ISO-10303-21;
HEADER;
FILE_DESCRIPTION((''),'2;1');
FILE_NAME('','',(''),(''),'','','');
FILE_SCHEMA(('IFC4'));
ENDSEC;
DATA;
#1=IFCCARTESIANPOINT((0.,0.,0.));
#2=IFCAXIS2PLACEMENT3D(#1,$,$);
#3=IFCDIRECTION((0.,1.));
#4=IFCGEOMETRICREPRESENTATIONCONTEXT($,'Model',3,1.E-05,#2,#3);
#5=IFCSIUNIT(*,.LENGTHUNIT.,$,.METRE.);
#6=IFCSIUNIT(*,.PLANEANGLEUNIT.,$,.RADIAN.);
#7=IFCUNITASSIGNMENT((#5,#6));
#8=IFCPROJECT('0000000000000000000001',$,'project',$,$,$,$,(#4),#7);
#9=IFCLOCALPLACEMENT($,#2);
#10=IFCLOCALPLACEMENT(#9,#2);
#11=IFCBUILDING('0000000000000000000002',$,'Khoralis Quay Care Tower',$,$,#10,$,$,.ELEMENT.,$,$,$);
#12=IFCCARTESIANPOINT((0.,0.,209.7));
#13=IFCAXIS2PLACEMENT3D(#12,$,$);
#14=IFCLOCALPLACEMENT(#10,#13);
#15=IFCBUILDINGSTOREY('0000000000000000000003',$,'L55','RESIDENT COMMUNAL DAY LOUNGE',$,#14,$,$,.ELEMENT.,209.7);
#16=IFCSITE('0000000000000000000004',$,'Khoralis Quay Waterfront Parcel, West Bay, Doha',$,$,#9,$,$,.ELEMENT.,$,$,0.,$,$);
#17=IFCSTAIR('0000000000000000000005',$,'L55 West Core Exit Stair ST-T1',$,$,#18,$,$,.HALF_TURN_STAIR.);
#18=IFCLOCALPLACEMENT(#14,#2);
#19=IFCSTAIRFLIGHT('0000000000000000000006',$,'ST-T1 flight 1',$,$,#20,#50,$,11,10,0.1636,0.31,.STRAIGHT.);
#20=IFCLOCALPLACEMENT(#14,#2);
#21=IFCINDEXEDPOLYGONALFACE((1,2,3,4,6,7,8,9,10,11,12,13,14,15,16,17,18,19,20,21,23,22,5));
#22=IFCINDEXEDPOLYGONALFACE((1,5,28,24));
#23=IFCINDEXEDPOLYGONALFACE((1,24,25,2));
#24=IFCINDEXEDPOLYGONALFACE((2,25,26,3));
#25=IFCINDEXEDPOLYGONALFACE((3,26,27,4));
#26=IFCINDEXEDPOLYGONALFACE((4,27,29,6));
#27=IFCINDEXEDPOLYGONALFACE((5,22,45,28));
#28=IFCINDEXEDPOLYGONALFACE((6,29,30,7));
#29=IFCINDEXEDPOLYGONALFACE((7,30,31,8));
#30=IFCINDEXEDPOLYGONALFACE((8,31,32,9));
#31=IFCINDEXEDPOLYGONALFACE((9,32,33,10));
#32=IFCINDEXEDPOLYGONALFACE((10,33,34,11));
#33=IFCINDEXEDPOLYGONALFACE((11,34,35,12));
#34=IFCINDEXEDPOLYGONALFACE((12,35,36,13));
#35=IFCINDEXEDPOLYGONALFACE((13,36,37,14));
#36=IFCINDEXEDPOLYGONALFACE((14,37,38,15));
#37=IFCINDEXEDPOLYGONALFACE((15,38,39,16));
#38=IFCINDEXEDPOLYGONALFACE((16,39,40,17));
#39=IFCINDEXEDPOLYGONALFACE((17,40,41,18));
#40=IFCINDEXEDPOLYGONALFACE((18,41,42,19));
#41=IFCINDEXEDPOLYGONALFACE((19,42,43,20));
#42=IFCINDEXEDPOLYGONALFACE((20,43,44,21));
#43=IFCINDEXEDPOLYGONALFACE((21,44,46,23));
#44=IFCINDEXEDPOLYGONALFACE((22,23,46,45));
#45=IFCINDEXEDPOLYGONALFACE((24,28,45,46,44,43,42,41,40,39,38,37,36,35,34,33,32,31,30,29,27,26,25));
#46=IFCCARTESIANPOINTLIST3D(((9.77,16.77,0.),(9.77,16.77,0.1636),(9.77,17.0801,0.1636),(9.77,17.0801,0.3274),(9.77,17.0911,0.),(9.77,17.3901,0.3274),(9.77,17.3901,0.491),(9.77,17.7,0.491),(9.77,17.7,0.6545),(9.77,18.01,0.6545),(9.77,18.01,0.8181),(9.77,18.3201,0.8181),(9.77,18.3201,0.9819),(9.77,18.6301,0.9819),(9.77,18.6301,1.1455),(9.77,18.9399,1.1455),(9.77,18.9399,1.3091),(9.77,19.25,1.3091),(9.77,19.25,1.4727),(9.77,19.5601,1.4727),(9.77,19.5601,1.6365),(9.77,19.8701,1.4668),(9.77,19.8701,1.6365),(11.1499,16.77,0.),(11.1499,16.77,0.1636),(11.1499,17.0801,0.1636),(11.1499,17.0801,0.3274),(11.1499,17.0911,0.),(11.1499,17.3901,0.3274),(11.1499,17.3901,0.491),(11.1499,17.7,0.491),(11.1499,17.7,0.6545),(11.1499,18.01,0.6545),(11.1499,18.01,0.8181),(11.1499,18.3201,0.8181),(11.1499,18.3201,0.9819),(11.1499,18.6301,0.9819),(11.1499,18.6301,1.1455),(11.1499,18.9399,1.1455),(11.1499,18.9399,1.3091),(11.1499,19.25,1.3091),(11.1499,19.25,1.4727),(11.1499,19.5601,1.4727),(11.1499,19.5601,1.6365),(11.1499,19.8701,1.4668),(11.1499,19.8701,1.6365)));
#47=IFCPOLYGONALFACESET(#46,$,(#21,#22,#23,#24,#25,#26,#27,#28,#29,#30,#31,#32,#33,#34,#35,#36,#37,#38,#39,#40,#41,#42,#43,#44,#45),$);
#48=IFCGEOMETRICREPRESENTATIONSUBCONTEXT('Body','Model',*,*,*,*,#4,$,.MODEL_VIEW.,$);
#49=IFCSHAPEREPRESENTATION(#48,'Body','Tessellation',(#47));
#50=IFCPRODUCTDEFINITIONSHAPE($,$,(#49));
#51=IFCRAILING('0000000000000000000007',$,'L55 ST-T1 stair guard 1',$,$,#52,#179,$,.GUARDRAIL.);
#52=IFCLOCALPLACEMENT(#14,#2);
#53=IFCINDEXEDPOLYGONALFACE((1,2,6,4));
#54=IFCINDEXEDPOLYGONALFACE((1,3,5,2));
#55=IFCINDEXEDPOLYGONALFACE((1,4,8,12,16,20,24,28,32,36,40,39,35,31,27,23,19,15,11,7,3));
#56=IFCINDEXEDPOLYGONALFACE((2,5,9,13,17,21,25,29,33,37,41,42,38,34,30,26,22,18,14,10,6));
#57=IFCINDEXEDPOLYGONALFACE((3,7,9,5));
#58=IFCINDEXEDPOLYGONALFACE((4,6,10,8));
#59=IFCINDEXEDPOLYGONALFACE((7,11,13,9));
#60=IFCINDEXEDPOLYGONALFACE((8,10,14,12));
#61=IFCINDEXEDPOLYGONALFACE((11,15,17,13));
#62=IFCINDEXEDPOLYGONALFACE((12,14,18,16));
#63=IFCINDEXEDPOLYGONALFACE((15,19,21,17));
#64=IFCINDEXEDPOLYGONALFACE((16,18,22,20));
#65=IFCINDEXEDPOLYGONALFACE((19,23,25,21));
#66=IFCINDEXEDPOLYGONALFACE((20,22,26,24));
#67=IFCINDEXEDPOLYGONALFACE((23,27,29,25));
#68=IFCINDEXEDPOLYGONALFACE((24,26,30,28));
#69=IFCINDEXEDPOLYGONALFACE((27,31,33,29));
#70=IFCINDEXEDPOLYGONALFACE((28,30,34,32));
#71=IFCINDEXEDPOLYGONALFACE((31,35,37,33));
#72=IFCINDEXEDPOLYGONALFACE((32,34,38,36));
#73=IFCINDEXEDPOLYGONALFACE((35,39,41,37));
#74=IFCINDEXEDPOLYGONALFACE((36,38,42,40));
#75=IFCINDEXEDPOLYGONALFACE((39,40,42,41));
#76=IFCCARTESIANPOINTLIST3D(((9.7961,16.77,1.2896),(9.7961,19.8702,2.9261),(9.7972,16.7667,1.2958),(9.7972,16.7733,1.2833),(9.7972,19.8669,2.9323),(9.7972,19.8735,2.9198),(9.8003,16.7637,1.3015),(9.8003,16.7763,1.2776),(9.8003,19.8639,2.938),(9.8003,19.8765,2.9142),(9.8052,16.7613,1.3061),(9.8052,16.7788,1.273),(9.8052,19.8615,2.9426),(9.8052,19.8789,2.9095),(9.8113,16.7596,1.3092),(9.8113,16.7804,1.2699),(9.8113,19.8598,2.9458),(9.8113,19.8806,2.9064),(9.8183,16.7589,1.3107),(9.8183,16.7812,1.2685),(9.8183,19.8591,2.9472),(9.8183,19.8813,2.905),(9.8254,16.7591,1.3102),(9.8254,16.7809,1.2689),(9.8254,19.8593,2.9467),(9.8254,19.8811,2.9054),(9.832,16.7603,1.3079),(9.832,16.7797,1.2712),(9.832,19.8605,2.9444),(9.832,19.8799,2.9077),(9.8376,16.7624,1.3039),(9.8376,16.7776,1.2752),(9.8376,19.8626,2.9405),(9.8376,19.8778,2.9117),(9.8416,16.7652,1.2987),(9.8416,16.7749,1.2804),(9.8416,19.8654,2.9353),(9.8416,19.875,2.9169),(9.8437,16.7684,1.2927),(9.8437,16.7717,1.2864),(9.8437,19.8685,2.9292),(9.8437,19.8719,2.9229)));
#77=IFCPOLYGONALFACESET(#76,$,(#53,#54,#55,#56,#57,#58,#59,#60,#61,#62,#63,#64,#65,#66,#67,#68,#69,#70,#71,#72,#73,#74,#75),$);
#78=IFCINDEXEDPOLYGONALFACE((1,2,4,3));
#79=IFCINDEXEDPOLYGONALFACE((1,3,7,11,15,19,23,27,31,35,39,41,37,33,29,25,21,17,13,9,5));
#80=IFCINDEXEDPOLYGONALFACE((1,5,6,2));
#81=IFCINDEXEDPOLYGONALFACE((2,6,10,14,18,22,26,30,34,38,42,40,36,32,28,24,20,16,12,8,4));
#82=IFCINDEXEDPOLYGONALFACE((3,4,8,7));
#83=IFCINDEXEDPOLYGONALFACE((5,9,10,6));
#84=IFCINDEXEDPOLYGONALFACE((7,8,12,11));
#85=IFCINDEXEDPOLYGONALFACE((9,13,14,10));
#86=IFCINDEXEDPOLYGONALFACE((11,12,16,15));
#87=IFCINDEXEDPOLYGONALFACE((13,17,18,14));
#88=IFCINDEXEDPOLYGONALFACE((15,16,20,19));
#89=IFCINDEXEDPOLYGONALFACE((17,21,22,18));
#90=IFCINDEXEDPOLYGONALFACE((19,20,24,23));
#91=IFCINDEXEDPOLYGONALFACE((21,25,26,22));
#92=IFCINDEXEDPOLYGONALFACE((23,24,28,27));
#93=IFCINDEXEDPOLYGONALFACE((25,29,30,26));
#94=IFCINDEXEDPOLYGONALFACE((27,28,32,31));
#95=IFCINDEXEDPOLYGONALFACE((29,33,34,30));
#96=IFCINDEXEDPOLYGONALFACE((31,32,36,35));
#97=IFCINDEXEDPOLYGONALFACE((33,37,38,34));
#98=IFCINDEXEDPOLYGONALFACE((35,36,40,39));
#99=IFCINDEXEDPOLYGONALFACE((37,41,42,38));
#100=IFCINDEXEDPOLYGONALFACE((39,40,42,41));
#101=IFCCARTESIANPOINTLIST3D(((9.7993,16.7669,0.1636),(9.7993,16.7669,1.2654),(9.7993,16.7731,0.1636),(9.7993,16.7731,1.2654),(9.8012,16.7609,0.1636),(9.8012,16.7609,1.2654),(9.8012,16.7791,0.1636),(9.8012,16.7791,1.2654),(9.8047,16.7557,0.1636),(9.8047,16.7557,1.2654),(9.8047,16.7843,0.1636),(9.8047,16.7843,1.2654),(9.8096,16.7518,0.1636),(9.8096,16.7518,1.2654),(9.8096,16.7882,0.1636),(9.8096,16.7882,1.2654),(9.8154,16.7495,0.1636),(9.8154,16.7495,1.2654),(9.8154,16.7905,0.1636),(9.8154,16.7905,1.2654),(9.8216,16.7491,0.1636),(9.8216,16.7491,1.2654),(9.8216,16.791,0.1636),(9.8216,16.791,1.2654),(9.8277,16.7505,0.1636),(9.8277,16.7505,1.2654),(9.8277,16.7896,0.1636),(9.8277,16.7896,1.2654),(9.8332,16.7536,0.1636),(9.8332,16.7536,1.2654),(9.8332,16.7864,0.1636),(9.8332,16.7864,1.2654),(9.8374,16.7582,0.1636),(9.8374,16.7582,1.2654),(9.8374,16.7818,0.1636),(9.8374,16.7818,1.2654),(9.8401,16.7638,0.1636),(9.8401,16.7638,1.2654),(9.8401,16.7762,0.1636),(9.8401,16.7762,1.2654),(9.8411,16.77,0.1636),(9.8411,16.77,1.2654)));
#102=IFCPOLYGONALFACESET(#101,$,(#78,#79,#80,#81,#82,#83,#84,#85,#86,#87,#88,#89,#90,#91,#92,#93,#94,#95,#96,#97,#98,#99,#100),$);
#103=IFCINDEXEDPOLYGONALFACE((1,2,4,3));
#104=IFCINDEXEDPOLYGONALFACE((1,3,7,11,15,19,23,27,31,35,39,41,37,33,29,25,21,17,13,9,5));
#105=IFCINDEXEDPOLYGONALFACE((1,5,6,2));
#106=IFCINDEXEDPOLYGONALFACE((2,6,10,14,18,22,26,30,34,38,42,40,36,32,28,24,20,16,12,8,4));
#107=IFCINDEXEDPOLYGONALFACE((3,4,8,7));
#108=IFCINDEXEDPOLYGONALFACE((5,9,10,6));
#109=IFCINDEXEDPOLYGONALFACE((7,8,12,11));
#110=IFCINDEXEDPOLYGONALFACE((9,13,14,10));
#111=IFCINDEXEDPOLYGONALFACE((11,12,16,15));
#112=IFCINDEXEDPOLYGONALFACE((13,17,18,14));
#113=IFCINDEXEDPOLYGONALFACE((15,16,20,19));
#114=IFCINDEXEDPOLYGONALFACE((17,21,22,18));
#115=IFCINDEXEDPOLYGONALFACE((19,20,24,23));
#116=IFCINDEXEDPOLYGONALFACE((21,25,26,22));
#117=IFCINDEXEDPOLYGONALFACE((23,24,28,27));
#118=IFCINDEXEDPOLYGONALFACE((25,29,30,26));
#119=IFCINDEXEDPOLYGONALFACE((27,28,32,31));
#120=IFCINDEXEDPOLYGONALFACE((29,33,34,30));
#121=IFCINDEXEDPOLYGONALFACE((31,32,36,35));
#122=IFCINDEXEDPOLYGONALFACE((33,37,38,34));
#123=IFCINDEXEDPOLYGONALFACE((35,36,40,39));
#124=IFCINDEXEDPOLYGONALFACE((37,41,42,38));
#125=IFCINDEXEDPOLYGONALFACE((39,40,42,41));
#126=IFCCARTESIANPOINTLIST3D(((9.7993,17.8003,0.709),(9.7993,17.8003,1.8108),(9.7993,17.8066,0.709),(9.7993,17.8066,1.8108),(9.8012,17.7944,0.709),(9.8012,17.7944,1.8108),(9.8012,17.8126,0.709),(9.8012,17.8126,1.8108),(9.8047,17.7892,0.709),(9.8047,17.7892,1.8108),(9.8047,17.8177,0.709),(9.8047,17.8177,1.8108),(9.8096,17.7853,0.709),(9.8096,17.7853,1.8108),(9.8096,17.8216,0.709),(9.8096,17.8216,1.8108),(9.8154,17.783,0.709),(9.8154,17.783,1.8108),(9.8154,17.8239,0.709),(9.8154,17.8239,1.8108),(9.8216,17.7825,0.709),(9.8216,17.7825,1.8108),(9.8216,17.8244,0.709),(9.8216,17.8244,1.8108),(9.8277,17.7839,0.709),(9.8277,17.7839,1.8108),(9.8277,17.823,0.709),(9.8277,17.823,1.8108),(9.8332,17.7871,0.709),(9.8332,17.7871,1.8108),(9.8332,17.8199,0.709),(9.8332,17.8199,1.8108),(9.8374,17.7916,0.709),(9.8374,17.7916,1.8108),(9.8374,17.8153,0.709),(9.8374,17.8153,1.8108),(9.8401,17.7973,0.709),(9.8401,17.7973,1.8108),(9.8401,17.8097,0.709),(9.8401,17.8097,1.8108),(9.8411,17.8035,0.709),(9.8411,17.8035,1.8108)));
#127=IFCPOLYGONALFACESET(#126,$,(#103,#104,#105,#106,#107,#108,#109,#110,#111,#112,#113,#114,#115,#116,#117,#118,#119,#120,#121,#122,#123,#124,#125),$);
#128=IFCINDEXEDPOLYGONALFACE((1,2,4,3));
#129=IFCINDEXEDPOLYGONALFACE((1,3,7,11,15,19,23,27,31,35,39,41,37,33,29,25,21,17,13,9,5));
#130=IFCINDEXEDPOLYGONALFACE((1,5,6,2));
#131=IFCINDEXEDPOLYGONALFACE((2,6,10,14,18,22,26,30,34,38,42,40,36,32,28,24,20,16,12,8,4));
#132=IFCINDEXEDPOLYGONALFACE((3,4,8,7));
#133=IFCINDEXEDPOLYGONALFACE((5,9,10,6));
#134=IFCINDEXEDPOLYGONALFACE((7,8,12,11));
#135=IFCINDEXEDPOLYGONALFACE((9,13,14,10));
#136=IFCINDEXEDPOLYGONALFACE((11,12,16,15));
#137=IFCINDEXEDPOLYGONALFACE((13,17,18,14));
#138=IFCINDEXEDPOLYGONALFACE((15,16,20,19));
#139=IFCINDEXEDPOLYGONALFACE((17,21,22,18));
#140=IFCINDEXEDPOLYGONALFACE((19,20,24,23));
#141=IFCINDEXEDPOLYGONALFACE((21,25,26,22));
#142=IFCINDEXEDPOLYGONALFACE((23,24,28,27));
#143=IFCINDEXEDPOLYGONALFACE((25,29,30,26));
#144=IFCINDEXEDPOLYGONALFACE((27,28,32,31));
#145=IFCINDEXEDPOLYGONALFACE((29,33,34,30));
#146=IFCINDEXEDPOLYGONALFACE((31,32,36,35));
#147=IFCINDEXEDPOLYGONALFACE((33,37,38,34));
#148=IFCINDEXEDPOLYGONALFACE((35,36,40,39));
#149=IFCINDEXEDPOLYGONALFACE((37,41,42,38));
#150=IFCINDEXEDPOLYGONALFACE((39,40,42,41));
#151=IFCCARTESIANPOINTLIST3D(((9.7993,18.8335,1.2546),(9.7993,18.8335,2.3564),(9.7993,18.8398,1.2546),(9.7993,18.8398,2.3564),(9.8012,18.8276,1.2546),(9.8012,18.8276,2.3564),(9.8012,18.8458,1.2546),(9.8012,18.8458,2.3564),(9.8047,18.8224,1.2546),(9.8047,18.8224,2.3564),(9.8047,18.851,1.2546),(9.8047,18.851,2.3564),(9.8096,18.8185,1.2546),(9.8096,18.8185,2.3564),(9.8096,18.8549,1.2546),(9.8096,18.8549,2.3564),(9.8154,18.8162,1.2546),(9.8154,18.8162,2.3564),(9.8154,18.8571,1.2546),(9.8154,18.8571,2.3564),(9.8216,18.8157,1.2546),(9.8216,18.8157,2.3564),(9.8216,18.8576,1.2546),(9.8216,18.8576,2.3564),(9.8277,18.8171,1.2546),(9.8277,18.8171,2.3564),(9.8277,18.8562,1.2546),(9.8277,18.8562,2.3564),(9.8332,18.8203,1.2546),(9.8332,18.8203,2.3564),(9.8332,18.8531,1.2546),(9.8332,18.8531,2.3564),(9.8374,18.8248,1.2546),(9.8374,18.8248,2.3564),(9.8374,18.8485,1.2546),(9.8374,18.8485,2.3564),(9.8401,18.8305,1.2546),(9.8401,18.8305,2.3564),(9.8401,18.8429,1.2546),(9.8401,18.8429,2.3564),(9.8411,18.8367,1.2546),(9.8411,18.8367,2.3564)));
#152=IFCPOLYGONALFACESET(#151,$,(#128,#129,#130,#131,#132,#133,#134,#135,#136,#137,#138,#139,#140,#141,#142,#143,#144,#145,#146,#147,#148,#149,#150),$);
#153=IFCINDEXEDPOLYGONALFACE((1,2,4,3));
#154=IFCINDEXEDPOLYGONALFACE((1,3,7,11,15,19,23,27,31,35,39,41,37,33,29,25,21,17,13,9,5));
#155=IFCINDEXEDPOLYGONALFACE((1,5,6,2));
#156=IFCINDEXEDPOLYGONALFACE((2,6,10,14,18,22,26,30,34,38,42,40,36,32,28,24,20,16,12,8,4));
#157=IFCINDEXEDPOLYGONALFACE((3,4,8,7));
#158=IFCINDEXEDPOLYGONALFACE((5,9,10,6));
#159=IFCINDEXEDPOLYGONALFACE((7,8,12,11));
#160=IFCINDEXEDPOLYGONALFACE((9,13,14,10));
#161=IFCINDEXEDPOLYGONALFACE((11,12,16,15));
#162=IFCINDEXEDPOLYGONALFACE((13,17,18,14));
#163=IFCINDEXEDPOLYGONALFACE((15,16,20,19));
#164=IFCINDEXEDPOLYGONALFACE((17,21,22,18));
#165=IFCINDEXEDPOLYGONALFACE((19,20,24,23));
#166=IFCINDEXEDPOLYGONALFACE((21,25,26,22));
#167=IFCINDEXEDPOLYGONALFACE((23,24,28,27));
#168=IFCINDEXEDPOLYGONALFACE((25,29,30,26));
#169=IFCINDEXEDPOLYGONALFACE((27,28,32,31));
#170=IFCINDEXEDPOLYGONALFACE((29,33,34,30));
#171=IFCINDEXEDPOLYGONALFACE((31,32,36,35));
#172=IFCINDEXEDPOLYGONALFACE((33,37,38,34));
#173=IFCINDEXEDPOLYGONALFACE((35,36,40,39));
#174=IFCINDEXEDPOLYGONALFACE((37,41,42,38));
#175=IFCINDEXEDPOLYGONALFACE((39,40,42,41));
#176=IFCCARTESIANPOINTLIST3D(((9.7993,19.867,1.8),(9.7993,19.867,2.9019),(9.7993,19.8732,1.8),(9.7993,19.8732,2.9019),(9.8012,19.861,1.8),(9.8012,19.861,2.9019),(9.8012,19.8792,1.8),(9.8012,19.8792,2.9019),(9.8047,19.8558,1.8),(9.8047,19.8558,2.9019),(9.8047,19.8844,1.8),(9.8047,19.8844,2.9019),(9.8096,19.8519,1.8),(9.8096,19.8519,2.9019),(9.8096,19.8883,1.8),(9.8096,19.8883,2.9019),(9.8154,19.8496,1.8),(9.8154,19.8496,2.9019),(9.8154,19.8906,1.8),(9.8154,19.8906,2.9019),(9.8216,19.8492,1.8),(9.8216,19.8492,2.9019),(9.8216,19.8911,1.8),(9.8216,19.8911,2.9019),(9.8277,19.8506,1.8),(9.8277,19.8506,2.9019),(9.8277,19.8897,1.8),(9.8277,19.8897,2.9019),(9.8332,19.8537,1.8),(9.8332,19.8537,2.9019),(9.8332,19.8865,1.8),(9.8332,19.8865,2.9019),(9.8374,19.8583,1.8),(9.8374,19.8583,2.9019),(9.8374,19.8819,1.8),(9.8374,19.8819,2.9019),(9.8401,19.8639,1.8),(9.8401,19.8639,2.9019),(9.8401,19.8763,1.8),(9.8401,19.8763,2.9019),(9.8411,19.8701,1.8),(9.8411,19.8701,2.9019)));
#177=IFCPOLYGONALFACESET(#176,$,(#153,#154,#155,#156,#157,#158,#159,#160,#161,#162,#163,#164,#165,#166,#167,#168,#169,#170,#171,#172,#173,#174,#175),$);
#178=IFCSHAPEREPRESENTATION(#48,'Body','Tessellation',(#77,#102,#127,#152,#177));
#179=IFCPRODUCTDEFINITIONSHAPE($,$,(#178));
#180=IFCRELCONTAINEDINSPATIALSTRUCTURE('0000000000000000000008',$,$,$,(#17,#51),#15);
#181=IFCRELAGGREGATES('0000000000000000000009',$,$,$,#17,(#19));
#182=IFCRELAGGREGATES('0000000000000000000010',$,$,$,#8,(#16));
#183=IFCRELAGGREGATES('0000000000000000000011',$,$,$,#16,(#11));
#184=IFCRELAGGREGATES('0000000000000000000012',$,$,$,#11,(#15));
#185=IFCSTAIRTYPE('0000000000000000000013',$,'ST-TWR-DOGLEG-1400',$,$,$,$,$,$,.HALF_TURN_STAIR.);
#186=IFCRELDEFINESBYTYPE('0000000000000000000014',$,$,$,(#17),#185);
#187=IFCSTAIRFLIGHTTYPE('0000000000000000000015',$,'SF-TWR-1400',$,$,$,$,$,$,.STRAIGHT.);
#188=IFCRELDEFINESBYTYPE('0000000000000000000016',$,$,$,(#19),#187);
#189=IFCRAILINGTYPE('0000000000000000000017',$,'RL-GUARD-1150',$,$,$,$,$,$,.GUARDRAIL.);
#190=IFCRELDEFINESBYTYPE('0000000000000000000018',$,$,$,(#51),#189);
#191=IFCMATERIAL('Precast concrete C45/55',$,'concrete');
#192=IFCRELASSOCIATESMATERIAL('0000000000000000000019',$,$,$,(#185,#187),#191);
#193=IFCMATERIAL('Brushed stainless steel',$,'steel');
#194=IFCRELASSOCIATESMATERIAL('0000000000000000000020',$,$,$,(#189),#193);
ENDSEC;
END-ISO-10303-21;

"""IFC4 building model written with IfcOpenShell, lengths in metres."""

from ifc_helpers import new_model, si_unit, direction, frame, origin, origin_2d, place, context, subcontext, project, spatial, polyline, circle, outline, extrude, source, transform, mapped, material, type_object, element, aggregate, save


model = new_model("IFC4")

# Units and contexts
model_context = context("Model", 3, precision=1e-05, world=origin(), true_north=direction((0.0, 1.0)))
body_context = subcontext(model_context, "Body", "Model", "MODEL_VIEW")
ifc_project = project(units=[si_unit("LENGTHUNIT", "METRE"), si_unit("PLANEANGLEUNIT", "RADIAN")], contexts=[model_context])

# Site, building, storey
site_placement = place(None, origin())
site = spatial("IfcSite", under=ifc_project, at=site_placement, Name="Khoralis Quay Waterfront Parcel, West Bay, Doha", CompositionType="ELEMENT", RefElevation=0.0)
building_placement = place(site_placement, origin())
building = spatial("IfcBuilding", under=site, at=building_placement, Name="Khoralis Quay Care Tower", CompositionType="ELEMENT")
storey_placement = place(building_placement, frame((0.0, 0.0, 209.7)))
storey = spatial("IfcBuildingStorey", under=building, at=storey_placement, Name="L55", Description="RESIDENT COMMUNAL DAY LOUNGE", CompositionType="ELEMENT", Elevation=209.7)

# Shared definitions
ifc_material_1 = material(Name="Brushed stainless steel", Category="steel")

# Shared definitions
ifc_material_2 = material(Name="Precast concrete C45/55", Category="concrete")

# Stair, stair flight
stair_type = type_object("IfcStairType", Name="ST-TWR-DOGLEG-1400", PredefinedType="HALF_TURN_STAIR", material=ifc_material_2)
stair_placement = place(storey_placement, origin())
stair = element("IfcStair", 1, at=stair_placement, inside=storey, type_object=stair_type, Name="L55 West Core Exit Stair ST-T1", PredefinedType="HALF_TURN_STAIR")
stair_flight_type = type_object("IfcStairFlightType", Name="SF-TWR-1400", PredefinedType="STRAIGHT", material=ifc_material_2)
shared_shape_1 = source(origin(), body_context, "Body", "SweptSolid", [
    extrude(outline(polyline([(0.0, 0.0), (0.0, 0.1636), (0.3101, 0.1636), (0.3101, 0.3274), (0.6201, 0.3274), (0.6201, 0.491), (0.9299, 0.491), (0.9299, 0.6545), (1.24, 0.6545), (1.24, 0.8181), (1.55, 0.8181), (1.55, 0.9819), (1.8601, 0.9819), (1.8601, 1.1455), (2.1699, 1.1455), (2.1699, 1.3091), (2.48, 1.3091), (2.48, 1.4727), (2.79, 1.4727), (2.79, 1.6365), (3.1001, 1.6365), (3.1001, 1.8), (3.1001, 1.4668), (0.321, 0.0), (0.0, 0.0)])), frame((0.0, 0.6899, 0.0), z_axis=(0.0, -1.0, 0.0), x_axis=(1.0, 0.0, 0.0)), (0.0, 0.0, 1.0), 1.3799),
])
stair_flight_placement = place(storey_placement, frame((10.46, 16.77, 0.0), z_axis=(0.0, 0.0, 1.0), x_axis=(0.0, 1.0, 0.0)))
stair_flight = element("IfcStairFlight", 2, at=stair_flight_placement, type_object=stair_flight_type, Name="ST-T1 flight 1", NumberOfRisers=11, NumberOfTreads=10, PredefinedType="STRAIGHT", RiserHeight=0.1636, TreadLength=0.31, context=body_context, shape_type="MappedRepresentation", body=[
    mapped(shared_shape_1, transform((0.0, 0.0, 0.0), scale=1.0)),
])
aggregate(stair, [stair_flight])

# Railing
railing_type_1 = type_object("IfcRailingType", Name="RL-GUARD-1150", PredefinedType="GUARDRAIL", material=ifc_material_1)
railing_1_placement = place(storey_placement, frame((9.8201, 16.77, 0.1636)))
element("IfcRailing", 3, at=railing_1_placement, inside=storey, type_object=railing_type_1, Name="L55 ST-T1 stair guard 1", PredefinedType="GUARDRAIL", context=body_context, shape_type="SweptSolid", body=[
    extrude(circle(Radius=0.0239, at=origin_2d()), frame((0.0, 0.0, 1.126), z_axis=(0.0, 0.884348, 0.466828), x_axis=(-1.0, 0.0, 0.0)), (0.0, 0.0, 1.0), 3.5056),
    extrude(circle(Radius=0.021, at=origin_2d()), origin(), (0.0, 0.0, 1.0), 1.1018),
    extrude(circle(Radius=0.021, at=origin_2d()), frame((0.0, 1.0334, 0.5454)), (0.0, 0.0, 1.0), 1.1018),
    extrude(circle(Radius=0.021, at=origin_2d()), frame((0.0, 2.0667, 1.0911)), (0.0, 0.0, 1.0), 1.1018),
    extrude(circle(Radius=0.021, at=origin_2d()), frame((0.0, 3.1001, 1.6365)), (0.0, 0.0, 1.0), 1.1018),
])

save(model, "model.ifc")
